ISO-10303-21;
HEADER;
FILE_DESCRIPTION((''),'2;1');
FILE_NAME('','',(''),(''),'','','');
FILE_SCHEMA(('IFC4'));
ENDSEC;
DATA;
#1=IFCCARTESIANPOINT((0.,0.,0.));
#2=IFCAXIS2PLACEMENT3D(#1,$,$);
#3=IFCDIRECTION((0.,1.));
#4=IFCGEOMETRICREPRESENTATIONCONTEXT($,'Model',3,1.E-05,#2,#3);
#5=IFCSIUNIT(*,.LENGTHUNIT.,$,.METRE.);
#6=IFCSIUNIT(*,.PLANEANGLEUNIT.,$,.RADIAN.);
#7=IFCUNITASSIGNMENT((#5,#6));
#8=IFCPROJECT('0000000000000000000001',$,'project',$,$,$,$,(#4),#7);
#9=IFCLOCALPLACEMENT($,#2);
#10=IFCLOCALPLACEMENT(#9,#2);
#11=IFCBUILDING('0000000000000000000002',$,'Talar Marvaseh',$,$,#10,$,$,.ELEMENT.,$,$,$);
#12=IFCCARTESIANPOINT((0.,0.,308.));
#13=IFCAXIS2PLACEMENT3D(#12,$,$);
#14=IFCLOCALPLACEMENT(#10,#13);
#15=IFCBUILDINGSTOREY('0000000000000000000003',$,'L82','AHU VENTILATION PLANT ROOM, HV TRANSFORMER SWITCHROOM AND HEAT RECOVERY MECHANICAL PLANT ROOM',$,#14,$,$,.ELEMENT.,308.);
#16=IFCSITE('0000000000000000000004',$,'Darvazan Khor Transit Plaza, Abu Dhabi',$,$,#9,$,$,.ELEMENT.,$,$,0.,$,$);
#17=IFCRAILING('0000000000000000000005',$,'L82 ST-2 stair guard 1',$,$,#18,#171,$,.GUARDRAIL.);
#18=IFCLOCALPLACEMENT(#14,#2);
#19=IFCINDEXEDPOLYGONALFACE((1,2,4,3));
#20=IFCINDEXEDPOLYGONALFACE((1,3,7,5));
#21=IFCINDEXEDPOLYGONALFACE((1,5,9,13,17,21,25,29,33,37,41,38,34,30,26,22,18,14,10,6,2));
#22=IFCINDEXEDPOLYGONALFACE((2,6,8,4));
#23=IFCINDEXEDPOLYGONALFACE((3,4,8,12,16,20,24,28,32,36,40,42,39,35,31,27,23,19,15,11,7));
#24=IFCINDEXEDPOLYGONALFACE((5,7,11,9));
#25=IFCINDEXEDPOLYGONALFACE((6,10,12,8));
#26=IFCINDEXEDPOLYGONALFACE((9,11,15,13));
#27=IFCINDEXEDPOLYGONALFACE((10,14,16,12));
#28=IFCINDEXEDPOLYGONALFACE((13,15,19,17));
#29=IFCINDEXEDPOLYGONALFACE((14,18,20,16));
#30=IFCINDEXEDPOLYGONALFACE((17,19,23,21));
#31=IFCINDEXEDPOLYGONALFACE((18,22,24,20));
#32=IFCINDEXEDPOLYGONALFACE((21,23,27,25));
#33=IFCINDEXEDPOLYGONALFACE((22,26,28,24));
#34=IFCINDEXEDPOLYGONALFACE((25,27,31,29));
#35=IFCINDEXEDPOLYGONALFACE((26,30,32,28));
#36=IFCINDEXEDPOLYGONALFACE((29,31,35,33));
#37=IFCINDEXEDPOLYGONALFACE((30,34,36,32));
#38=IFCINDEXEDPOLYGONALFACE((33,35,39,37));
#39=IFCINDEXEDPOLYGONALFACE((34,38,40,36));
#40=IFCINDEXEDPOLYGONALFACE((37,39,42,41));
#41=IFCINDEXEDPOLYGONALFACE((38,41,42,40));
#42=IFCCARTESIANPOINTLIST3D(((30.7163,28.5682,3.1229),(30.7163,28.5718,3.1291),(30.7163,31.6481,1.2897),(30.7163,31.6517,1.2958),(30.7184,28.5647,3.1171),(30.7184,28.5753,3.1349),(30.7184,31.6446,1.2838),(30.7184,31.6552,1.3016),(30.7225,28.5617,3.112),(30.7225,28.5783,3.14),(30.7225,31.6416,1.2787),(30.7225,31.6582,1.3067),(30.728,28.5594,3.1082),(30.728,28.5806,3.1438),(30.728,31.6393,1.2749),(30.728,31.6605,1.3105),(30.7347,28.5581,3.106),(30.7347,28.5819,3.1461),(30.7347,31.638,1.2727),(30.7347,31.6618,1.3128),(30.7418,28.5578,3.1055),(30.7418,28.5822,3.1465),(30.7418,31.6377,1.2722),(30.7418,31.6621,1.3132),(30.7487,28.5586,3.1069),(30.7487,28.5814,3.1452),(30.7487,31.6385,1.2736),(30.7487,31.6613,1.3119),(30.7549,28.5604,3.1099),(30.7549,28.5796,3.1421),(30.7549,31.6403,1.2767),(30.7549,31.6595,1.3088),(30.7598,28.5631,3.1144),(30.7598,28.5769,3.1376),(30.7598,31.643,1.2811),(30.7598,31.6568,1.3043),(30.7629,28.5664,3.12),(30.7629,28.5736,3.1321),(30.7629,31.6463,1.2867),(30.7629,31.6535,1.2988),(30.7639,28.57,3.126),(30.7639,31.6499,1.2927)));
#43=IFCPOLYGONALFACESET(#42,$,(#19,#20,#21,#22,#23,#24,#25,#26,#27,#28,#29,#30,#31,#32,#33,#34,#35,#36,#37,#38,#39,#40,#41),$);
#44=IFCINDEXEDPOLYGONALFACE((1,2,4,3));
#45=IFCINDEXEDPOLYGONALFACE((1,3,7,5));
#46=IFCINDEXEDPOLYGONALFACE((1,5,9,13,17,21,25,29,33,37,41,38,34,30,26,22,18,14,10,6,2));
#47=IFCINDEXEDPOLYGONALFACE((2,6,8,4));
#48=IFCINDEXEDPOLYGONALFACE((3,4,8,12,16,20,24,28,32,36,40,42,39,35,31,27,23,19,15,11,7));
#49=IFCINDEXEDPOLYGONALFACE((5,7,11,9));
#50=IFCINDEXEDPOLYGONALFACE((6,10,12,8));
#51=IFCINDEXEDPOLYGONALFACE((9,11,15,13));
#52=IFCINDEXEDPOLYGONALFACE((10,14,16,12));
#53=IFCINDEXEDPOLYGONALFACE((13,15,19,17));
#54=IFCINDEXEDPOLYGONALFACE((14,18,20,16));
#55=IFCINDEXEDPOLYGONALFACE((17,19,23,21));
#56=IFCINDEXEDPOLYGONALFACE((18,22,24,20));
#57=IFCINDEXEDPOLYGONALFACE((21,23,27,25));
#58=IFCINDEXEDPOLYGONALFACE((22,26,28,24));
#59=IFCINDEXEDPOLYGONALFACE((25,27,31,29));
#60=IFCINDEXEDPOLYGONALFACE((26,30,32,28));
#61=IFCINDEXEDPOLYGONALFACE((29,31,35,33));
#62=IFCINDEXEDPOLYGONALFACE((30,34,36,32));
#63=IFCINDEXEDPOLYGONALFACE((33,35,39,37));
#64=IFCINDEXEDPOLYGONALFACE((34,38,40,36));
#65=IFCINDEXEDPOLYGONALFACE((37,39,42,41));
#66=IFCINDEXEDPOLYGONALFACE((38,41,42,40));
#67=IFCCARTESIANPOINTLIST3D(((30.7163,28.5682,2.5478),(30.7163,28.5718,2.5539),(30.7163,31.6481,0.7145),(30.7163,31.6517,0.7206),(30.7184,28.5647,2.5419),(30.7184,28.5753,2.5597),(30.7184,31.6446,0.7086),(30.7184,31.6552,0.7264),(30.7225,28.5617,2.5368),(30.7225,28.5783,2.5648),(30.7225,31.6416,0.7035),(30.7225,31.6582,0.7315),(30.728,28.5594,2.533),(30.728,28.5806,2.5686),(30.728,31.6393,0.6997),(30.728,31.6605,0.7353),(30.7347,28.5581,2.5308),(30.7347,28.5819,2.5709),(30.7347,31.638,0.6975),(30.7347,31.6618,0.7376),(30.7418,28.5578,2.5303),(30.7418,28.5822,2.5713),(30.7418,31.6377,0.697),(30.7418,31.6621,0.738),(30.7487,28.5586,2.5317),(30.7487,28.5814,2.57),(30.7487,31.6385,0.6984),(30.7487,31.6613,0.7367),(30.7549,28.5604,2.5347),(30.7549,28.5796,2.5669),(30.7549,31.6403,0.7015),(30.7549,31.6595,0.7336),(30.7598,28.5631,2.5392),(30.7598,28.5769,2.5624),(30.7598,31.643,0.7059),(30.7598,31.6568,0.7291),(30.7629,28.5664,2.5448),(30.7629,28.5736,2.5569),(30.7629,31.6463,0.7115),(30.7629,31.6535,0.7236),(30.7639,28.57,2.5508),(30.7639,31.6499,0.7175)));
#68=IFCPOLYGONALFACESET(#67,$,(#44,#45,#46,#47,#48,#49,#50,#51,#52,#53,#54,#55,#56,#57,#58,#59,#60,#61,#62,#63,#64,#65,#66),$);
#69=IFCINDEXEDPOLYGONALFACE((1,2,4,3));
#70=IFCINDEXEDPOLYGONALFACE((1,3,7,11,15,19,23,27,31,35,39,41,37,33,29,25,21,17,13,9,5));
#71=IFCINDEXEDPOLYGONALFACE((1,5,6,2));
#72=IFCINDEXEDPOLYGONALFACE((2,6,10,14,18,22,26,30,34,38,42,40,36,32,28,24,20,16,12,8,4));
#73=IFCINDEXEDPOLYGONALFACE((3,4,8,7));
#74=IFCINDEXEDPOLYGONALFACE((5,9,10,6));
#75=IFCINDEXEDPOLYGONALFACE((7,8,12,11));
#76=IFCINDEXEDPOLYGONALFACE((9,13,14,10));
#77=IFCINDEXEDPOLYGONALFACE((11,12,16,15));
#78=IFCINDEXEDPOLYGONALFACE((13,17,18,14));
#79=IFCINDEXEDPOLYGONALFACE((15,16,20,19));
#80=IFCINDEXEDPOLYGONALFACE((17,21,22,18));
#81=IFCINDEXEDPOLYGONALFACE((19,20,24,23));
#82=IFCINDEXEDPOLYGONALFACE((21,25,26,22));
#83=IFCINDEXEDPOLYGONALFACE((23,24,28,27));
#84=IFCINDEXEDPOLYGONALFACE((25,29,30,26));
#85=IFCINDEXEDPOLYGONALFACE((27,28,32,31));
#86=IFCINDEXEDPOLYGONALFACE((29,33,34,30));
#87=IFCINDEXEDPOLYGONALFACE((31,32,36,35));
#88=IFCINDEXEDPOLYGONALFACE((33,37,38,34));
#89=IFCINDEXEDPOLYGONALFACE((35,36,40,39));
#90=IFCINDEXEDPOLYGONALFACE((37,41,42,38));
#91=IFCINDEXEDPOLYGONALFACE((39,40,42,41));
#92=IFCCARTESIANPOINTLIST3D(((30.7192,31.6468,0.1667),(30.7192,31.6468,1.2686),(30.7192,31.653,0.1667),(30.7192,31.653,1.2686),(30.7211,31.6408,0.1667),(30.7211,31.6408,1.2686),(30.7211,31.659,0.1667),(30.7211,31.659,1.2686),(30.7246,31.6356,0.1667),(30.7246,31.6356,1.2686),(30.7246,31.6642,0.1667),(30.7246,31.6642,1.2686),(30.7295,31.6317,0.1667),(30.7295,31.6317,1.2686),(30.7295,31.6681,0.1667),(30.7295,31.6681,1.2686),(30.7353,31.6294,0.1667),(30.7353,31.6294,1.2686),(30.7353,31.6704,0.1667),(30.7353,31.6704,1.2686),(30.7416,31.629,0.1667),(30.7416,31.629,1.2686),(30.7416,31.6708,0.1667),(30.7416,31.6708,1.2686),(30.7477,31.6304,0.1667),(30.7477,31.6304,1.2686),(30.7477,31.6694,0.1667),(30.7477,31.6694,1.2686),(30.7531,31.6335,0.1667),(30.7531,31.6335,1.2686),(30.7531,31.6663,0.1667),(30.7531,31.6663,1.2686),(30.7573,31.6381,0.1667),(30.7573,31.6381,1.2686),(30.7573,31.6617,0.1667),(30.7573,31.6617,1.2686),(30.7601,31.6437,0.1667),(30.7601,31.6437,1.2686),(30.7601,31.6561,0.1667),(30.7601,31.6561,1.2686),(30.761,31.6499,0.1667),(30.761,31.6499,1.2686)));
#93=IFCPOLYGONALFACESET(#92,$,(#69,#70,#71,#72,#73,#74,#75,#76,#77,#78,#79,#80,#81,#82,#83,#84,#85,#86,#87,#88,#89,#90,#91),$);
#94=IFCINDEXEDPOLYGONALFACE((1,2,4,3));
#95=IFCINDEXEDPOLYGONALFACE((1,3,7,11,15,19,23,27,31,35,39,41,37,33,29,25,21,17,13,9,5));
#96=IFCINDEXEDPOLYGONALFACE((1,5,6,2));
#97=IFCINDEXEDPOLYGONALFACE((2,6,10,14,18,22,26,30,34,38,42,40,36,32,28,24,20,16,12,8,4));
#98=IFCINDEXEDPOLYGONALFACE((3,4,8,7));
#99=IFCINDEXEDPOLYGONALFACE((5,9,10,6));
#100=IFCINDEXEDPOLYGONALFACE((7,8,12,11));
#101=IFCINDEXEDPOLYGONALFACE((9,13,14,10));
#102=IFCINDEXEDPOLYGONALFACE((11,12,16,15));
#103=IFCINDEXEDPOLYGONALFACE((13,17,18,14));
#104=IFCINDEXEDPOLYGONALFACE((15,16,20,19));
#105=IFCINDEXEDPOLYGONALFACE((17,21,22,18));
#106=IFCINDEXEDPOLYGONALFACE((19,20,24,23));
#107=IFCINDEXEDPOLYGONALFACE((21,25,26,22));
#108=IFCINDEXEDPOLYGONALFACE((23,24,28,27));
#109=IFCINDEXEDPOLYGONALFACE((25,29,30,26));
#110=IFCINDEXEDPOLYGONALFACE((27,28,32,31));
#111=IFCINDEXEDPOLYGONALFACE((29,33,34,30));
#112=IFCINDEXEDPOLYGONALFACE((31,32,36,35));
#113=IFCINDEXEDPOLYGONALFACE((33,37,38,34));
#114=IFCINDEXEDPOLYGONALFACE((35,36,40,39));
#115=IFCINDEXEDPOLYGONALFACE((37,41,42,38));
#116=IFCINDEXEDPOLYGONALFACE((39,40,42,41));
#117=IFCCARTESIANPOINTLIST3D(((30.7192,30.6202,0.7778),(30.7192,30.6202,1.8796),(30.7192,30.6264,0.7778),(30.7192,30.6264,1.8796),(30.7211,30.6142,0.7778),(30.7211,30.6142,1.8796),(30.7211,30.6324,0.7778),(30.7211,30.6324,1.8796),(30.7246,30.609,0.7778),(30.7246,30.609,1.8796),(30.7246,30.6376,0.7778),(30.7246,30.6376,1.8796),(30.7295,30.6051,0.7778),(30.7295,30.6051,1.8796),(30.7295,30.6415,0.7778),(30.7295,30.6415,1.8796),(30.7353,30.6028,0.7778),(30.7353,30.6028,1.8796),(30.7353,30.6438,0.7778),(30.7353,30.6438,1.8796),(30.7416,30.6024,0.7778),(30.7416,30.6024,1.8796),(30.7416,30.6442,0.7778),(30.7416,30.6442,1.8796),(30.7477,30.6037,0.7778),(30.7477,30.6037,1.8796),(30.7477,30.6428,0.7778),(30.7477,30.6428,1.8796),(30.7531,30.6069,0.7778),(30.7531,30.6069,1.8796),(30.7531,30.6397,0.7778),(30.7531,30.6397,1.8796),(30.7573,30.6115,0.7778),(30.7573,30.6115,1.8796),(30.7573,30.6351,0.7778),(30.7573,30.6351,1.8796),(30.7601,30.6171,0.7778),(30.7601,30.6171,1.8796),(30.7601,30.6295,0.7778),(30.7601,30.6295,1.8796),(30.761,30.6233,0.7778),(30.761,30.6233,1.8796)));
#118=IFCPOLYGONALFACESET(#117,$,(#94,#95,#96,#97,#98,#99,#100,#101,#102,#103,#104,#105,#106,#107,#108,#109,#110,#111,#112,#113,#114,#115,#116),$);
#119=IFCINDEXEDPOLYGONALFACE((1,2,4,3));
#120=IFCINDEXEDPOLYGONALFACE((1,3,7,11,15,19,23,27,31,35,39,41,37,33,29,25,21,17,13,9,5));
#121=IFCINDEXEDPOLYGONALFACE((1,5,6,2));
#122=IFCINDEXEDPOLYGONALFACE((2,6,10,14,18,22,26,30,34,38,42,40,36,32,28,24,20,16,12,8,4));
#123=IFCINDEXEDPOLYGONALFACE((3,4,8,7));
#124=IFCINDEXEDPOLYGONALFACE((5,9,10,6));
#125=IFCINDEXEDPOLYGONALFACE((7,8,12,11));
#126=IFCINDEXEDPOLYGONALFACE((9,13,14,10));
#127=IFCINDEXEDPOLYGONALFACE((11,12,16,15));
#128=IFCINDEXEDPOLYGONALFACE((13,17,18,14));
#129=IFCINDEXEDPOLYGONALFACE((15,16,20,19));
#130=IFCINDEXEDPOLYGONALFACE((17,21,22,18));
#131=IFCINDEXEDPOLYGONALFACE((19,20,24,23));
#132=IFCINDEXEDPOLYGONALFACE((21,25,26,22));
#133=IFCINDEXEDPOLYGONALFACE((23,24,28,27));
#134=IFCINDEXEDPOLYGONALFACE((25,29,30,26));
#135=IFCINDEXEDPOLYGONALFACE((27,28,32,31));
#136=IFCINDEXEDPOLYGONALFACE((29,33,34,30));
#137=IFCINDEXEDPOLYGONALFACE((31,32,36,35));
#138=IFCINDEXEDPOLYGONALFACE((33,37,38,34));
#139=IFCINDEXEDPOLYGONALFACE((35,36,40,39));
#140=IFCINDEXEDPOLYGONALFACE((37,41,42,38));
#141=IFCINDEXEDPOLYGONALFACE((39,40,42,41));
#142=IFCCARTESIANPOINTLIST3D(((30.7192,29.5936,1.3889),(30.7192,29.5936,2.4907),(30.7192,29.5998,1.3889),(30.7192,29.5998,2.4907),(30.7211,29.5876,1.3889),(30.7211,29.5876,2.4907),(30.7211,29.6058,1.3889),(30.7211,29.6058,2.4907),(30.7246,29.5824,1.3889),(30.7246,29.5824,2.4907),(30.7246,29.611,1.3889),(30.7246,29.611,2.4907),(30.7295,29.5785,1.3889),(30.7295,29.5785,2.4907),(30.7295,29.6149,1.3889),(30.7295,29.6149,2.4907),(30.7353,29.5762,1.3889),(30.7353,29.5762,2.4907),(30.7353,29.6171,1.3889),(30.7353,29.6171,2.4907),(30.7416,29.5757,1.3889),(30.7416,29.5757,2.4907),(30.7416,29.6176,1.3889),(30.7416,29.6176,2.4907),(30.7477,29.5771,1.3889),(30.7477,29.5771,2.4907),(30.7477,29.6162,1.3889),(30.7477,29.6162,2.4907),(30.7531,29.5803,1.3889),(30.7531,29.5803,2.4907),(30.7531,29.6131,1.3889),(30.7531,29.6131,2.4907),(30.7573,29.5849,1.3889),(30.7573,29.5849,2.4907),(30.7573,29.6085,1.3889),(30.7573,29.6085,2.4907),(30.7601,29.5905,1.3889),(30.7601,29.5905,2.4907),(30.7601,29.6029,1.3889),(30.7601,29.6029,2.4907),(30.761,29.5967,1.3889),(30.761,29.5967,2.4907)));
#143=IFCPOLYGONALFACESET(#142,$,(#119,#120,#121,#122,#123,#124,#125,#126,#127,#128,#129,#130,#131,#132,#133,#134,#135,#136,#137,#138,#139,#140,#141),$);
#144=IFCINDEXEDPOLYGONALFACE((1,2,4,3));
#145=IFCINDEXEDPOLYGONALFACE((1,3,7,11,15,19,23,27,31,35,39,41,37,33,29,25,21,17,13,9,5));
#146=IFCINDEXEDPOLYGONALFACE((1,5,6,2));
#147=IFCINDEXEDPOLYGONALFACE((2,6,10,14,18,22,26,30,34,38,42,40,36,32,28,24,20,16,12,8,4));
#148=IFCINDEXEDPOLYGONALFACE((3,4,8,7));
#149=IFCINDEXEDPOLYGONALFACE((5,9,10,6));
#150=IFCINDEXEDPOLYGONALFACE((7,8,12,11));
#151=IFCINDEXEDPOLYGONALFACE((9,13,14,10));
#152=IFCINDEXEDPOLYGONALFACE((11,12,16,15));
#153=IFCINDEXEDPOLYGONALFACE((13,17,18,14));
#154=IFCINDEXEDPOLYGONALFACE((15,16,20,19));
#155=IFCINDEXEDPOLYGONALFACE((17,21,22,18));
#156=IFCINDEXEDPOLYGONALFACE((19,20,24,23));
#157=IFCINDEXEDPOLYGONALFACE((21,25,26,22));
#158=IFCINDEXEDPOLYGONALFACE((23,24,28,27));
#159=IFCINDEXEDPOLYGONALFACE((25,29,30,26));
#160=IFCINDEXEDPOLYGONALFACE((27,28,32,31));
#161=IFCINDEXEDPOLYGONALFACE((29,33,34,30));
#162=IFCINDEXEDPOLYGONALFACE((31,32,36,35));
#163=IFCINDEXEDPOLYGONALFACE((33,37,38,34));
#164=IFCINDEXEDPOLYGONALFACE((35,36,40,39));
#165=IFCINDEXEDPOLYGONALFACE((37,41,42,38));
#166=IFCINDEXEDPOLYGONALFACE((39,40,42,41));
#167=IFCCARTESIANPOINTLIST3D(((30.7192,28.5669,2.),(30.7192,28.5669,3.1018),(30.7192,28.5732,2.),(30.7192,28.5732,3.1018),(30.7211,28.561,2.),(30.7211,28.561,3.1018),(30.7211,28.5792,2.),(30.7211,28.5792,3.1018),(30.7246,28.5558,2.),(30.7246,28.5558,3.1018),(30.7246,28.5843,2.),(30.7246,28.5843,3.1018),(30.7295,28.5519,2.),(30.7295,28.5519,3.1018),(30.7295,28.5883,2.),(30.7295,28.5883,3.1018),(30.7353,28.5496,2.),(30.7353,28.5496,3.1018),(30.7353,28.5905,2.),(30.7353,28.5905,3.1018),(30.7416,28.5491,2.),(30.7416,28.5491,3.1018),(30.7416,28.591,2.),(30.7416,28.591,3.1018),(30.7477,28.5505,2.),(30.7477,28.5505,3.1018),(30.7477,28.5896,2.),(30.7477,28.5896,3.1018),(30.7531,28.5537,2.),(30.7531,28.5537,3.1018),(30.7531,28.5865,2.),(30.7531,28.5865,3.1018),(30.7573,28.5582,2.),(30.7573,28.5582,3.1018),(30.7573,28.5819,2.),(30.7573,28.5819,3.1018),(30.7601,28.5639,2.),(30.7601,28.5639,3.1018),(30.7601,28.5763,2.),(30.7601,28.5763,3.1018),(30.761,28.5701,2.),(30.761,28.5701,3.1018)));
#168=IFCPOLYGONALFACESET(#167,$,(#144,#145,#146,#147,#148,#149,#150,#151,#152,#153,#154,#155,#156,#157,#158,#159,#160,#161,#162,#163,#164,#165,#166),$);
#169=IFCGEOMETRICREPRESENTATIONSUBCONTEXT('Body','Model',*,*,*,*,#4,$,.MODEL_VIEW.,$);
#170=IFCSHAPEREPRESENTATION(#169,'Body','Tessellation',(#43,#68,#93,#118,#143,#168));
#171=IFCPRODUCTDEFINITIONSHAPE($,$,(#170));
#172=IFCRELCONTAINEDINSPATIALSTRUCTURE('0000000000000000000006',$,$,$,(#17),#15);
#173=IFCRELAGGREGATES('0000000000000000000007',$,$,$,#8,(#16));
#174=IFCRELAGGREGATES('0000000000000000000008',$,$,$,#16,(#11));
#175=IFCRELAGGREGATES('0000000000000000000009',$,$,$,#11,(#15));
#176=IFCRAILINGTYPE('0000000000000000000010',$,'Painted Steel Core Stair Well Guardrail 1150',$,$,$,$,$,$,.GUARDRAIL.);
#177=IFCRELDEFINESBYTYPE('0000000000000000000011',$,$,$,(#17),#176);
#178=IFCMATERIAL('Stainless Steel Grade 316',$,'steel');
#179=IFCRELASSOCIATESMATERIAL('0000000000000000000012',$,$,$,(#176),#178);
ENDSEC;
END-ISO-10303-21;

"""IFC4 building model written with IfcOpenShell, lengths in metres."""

from ifc_helpers import new_model, si_unit, direction, frame, origin, origin_2d, place, context, subcontext, project, spatial, circle, extrude, material, type_object, element, save


model = new_model("IFC4")

# Units and contexts
model_context = context("Model", 3, precision=1e-05, world=origin(), true_north=direction((0.0, 1.0)))
body_context = subcontext(model_context, "Body", "Model", "MODEL_VIEW")
ifc_project = project(units=[si_unit("LENGTHUNIT", "METRE"), si_unit("PLANEANGLEUNIT", "RADIAN")], contexts=[model_context])

# Site, building, storey
site_placement = place(None, origin())
site = spatial("IfcSite", under=ifc_project, at=site_placement, Name="Darvazan Khor Transit Plaza, Abu Dhabi", CompositionType="ELEMENT", RefElevation=0.0)
building_placement = place(site_placement, origin())
building = spatial("IfcBuilding", under=site, at=building_placement, Name="Talar Marvaseh", CompositionType="ELEMENT")
storey_placement = place(building_placement, frame((0.0, 0.0, 308.0)))
storey = spatial("IfcBuildingStorey", under=building, at=storey_placement, Name="L82", Description="AHU VENTILATION PLANT ROOM, HV TRANSFORMER SWITCHROOM AND HEAT RECOVERY MECHANICAL PLANT ROOM", CompositionType="ELEMENT", Elevation=308.0)

# Railing
ifc_material_1 = material(Name="Stainless Steel Grade 316", Category="steel")
railing_type_1 = type_object("IfcRailingType", Name="Painted Steel Core Stair Well Guardrail 1150", PredefinedType="GUARDRAIL", material=ifc_material_1)
railing_1_placement = place(storey_placement, frame((30.74, 31.6499, 0.1667)))
element("IfcRailing", 1, at=railing_1_placement, inside=storey, type_object=railing_type_1, Name="L82 ST-2 stair guard 1", PredefinedType="GUARDRAIL", context=body_context, shape_type="SweptSolid", body=[
    extrude(circle(Radius=0.0239, at=origin_2d()), frame((0.0, 0.0, 1.126), z_axis=(0.0, -0.859291, 0.511487), x_axis=(1.0, 0.0, 0.0)), (0.0, 0.0, 1.0), 3.5842),
    extrude(circle(Radius=0.0239, at=origin_2d()), frame((0.0, 0.0, 0.5508), z_axis=(0.0, -0.859291, 0.511487), x_axis=(1.0, 0.0, 0.0)), (0.0, 0.0, 1.0), 3.5842),
    extrude(circle(Radius=0.021, at=origin_2d()), origin(), (0.0, 0.0, 1.0), 1.1018),
    extrude(circle(Radius=0.021, at=origin_2d()), frame((0.0, -1.0266, 0.6111)), (0.0, 0.0, 1.0), 1.1018),
    extrude(circle(Radius=0.021, at=origin_2d()), frame((0.0, -2.0532, 1.2222)), (0.0, 0.0, 1.0), 1.1018),
    extrude(circle(Radius=0.021, at=origin_2d()), frame((0.0, -3.0798, 1.8333)), (0.0, 0.0, 1.0), 1.1018),
])

save(model, "model.ifc")
